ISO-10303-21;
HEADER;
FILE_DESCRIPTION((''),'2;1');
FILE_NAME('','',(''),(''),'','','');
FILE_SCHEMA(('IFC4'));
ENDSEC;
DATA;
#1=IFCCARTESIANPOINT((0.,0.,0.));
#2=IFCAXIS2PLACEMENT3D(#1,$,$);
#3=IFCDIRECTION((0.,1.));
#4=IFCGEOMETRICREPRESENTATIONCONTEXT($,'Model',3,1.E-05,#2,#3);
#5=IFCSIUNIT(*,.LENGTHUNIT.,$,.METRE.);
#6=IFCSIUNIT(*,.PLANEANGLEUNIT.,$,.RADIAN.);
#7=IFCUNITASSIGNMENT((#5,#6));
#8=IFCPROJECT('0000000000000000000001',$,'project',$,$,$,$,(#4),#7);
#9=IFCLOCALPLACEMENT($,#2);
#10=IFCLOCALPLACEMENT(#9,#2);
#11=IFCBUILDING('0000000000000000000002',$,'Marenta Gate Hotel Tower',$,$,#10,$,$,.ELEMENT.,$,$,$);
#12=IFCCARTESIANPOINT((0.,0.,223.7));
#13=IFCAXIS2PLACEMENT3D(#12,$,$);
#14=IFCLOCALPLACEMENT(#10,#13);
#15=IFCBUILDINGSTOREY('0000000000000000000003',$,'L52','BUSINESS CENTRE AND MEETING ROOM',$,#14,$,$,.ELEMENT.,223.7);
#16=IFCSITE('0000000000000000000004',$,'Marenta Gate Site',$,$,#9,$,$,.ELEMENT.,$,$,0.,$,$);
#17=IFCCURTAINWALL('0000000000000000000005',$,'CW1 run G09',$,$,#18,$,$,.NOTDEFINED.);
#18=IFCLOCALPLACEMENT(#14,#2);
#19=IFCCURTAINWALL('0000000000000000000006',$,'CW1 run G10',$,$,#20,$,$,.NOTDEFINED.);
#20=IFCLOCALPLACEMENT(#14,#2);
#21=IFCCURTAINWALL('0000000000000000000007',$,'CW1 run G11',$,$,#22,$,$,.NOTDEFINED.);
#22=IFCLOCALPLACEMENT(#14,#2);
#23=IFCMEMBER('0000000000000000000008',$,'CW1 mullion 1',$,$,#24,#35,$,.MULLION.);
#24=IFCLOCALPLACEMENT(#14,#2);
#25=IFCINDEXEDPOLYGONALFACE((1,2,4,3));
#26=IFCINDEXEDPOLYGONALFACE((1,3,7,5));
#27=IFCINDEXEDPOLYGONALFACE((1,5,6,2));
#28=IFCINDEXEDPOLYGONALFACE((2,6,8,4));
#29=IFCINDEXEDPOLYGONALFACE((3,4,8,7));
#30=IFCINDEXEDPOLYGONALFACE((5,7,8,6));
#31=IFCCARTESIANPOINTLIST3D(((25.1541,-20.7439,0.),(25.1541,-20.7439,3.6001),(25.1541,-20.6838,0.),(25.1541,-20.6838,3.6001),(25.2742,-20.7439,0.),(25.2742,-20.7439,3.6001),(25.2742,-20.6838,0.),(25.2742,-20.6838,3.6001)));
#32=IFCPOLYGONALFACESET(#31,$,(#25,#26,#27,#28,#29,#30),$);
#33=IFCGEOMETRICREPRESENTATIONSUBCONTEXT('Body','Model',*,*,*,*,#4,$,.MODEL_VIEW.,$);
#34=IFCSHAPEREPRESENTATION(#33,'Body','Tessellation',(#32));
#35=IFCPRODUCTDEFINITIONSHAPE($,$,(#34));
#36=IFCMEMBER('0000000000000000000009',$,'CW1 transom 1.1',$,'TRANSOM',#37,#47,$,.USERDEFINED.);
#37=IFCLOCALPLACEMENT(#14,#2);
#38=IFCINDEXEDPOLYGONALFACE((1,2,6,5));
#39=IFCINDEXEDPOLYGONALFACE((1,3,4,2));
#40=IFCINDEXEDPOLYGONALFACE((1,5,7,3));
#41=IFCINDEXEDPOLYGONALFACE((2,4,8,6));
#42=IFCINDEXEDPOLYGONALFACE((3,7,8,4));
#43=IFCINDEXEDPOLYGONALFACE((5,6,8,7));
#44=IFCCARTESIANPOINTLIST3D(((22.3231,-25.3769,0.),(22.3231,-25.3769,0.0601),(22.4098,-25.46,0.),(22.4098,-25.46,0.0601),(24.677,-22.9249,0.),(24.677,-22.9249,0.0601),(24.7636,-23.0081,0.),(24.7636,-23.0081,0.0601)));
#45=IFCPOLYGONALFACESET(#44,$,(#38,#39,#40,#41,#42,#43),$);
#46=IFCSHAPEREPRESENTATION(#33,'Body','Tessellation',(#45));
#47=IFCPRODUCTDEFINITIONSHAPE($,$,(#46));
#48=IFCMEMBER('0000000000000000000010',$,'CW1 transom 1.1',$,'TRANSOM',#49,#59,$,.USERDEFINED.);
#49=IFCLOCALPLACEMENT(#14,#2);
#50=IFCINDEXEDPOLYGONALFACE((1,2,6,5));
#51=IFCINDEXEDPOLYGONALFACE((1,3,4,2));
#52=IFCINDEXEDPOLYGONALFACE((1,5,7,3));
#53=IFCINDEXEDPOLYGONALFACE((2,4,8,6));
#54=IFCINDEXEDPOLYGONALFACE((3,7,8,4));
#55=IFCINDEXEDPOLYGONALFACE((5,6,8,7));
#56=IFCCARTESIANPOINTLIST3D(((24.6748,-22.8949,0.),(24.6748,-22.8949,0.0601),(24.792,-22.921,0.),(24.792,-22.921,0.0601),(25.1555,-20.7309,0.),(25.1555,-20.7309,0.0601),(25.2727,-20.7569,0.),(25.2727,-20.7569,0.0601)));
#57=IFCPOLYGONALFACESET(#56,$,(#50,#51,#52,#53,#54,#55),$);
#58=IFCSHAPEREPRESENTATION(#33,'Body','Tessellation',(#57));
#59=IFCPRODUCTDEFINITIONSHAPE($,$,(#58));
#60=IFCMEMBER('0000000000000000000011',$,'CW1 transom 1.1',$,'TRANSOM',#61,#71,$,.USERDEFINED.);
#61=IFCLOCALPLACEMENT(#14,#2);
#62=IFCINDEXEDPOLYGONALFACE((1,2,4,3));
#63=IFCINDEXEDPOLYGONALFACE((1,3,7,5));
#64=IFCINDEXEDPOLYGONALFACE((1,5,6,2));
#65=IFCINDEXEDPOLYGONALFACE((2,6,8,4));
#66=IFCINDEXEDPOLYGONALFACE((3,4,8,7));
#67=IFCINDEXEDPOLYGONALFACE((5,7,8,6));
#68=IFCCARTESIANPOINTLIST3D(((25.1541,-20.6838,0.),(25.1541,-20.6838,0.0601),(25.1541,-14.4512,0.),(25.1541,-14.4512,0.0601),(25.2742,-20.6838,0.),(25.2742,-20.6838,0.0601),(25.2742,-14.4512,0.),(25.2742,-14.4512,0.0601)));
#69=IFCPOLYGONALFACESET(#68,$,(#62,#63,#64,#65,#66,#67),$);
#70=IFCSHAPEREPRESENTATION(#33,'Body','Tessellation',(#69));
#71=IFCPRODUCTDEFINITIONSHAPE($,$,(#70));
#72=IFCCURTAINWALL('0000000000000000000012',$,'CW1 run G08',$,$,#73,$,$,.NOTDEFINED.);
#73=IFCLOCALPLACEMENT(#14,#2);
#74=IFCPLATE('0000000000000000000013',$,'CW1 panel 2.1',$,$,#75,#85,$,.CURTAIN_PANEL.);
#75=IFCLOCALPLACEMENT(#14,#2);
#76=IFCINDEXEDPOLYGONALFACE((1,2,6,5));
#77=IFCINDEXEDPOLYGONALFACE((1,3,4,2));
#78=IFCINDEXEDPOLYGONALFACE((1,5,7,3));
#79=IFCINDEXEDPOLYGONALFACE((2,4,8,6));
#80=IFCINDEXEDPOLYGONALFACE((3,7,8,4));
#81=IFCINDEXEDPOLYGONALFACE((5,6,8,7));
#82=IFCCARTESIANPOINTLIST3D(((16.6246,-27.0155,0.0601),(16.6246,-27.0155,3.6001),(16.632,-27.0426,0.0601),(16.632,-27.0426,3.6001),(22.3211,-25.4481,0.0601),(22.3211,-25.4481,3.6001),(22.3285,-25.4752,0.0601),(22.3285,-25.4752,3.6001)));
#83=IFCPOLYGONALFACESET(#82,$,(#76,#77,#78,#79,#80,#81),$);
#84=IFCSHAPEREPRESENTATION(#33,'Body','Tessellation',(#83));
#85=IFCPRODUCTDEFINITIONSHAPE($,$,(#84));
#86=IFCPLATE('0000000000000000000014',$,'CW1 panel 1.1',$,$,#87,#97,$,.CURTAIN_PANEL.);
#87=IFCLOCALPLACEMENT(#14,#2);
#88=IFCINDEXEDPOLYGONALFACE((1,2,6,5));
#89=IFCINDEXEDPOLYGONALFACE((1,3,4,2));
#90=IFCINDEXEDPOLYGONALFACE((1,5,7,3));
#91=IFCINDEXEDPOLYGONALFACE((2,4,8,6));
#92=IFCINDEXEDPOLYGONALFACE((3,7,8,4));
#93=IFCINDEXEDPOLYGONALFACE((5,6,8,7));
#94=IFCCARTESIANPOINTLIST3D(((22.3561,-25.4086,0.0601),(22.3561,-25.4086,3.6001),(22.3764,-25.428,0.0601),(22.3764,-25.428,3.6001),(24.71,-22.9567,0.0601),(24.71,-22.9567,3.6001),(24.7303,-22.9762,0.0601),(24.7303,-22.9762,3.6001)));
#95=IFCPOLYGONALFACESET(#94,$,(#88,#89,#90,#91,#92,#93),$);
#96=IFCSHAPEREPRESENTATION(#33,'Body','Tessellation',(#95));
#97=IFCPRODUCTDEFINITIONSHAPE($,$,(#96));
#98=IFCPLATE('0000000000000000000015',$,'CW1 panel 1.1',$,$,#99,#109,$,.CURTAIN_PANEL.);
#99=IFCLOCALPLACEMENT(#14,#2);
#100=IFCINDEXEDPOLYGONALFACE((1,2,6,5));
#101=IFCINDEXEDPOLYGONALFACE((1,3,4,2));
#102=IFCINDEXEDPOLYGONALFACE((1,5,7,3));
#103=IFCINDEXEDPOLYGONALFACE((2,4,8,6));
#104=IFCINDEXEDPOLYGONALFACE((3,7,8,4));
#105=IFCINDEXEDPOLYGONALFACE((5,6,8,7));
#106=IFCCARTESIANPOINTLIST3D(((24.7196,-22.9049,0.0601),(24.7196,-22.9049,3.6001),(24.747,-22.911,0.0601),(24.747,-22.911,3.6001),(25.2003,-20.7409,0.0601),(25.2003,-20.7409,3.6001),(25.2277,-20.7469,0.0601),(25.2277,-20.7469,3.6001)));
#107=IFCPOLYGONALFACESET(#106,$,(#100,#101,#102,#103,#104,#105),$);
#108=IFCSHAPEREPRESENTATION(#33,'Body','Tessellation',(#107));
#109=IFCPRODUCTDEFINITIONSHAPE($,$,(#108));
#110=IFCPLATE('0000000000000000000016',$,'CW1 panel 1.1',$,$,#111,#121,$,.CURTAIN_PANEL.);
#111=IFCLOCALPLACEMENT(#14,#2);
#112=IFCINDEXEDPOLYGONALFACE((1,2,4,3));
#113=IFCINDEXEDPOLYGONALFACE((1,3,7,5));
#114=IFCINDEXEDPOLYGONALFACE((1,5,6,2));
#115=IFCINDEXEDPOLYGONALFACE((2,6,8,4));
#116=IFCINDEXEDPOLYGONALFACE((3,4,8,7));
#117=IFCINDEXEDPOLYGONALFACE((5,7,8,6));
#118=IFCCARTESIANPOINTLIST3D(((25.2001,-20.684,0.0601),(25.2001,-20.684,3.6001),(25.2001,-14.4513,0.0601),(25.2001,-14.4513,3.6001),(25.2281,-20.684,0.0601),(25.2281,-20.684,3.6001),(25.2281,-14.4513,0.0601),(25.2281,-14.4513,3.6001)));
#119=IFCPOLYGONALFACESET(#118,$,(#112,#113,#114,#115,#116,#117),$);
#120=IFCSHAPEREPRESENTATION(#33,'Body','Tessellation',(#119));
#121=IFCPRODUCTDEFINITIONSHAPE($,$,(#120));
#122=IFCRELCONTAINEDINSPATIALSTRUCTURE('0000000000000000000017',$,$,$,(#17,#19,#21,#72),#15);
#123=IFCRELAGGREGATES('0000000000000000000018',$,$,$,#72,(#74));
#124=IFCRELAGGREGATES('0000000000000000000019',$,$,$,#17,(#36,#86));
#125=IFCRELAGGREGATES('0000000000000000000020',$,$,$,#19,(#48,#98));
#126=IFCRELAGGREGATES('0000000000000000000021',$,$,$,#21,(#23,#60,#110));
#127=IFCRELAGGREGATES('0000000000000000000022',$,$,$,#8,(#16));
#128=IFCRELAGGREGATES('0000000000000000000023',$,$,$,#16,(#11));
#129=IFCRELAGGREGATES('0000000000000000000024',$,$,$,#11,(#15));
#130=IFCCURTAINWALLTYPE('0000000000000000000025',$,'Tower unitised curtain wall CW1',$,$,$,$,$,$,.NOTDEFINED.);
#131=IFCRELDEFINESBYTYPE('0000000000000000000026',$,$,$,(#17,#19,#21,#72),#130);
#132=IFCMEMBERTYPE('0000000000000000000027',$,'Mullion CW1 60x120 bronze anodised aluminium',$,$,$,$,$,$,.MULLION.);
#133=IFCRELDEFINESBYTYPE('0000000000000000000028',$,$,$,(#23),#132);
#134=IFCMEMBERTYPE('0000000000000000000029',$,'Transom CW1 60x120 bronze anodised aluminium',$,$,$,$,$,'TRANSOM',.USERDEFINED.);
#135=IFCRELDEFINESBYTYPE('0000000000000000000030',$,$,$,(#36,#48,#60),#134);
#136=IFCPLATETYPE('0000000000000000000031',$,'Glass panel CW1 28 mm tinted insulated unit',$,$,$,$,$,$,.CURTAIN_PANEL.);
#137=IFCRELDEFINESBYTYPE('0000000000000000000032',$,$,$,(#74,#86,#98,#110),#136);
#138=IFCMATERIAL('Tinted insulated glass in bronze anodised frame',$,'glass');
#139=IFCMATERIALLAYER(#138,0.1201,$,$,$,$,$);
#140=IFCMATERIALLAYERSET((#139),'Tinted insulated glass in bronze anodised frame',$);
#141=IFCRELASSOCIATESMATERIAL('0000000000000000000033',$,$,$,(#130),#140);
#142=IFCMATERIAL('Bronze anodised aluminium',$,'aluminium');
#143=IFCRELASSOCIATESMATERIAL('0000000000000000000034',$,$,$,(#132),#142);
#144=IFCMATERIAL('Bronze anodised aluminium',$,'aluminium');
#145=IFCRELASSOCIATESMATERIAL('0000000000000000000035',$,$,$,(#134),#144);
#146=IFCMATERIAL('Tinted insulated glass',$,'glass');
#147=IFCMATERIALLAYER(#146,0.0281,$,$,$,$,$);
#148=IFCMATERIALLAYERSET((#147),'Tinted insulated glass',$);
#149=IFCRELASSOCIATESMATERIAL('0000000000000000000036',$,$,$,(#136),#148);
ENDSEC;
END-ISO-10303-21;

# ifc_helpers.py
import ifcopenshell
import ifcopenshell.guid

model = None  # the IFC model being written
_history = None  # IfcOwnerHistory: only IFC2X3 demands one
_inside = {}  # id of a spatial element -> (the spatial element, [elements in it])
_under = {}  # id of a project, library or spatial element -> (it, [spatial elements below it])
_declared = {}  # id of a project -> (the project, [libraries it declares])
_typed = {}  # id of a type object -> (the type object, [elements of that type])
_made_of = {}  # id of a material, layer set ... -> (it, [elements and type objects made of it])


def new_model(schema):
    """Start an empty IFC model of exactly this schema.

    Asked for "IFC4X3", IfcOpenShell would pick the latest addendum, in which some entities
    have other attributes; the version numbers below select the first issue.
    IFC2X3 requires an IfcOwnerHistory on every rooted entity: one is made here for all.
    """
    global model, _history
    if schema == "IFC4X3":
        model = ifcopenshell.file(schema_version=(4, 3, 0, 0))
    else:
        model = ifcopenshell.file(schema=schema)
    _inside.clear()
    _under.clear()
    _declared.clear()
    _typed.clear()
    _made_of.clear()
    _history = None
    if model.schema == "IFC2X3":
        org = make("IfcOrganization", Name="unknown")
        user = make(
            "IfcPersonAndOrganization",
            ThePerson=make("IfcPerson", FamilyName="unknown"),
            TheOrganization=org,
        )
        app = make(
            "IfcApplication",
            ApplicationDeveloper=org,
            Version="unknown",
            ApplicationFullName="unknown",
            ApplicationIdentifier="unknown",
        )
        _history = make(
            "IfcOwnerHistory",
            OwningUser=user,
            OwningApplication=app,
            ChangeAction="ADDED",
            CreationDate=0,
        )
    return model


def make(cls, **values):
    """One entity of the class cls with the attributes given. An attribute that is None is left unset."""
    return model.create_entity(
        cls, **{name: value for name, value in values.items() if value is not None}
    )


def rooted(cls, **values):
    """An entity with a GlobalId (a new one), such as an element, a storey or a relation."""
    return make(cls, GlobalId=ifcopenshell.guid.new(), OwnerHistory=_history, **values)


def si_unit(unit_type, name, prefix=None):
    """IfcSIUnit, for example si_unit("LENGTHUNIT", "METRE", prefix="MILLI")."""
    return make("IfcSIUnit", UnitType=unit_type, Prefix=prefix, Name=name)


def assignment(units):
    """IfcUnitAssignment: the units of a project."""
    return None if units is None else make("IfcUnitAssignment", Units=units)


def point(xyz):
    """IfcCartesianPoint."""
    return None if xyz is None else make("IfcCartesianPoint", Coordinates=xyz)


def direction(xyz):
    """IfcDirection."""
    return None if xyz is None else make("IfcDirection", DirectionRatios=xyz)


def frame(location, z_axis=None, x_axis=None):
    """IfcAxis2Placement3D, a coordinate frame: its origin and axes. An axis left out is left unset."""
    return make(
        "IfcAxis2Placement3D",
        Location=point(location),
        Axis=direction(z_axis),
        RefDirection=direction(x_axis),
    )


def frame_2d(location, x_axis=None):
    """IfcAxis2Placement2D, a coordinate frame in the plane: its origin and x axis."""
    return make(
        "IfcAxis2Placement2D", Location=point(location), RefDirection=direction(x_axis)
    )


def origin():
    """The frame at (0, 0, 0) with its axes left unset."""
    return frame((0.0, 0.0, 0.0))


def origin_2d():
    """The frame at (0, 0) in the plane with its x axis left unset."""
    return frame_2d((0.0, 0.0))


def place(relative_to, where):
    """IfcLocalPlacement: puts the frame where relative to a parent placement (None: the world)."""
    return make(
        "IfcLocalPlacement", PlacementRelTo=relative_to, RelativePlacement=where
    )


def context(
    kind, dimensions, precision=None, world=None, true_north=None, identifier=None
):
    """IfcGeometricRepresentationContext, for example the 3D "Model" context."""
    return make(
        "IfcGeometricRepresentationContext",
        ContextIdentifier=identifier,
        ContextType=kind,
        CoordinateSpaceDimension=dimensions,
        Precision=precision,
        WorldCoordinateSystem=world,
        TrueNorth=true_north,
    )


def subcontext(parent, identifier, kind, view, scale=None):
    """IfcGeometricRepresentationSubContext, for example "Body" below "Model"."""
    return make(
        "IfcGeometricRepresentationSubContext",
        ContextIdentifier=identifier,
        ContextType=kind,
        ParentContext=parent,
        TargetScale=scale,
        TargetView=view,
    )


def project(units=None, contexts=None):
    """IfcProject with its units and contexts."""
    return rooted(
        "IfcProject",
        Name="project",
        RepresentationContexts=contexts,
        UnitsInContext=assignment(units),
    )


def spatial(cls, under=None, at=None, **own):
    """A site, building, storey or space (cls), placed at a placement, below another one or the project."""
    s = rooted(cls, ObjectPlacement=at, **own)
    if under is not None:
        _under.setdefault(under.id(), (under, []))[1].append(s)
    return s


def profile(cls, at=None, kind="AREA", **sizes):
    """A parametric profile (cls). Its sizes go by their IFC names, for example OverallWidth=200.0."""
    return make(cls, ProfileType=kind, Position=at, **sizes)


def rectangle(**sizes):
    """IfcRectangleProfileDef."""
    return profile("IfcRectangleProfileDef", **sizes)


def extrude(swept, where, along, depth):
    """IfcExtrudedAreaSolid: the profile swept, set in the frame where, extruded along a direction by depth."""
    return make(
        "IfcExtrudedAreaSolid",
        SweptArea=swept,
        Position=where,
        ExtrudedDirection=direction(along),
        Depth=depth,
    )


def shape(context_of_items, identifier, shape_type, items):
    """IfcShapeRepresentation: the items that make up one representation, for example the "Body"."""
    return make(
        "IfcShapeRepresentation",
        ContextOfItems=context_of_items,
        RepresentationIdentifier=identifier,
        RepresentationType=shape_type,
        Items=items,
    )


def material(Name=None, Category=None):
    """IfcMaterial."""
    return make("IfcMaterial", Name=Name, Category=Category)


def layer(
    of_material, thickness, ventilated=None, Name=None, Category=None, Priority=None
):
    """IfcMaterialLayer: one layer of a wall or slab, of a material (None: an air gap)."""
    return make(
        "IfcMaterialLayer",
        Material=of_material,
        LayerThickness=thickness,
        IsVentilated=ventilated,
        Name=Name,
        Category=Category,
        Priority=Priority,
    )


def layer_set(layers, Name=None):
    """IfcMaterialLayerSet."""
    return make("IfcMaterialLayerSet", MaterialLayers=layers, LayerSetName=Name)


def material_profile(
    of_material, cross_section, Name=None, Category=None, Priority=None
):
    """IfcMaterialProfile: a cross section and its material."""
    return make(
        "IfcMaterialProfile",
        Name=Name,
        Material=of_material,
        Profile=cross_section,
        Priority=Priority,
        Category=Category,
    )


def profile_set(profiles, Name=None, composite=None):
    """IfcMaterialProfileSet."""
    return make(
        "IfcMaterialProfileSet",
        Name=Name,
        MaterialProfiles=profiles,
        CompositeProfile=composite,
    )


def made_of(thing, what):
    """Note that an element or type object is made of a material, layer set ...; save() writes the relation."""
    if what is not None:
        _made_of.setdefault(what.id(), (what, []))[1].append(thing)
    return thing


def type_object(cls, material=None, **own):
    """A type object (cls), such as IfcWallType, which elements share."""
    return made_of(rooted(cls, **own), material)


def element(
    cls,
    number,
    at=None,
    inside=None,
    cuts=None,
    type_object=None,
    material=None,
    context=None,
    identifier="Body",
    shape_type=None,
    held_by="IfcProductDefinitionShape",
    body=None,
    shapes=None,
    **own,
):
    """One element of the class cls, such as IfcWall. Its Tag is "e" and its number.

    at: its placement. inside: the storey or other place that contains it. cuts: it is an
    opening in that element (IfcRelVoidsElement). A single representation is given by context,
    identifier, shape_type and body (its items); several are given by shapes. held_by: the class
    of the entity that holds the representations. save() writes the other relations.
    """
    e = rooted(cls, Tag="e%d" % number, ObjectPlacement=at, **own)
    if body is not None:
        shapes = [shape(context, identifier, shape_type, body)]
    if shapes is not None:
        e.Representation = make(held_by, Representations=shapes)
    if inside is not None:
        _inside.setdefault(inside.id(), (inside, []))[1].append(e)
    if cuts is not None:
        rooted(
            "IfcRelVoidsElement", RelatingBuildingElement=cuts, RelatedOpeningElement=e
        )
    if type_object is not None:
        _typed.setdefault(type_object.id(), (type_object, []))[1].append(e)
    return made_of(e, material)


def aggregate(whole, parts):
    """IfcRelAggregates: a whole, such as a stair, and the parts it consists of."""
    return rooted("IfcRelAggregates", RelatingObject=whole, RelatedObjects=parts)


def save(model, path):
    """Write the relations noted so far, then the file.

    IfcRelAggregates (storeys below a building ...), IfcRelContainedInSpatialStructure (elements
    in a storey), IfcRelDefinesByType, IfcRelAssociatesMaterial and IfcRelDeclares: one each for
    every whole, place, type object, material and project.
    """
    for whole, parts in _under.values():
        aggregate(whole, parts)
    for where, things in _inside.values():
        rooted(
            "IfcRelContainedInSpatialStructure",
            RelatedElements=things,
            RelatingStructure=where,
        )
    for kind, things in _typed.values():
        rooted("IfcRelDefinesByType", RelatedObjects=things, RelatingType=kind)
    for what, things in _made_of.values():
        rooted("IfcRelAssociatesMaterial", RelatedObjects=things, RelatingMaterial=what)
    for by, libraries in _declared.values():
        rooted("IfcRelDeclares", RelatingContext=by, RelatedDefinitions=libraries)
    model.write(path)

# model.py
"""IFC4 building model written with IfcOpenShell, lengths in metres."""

from ifc_helpers import new_model, si_unit, direction, frame, origin, origin_2d, place, context, subcontext, project, spatial, rectangle, extrude, material, layer, layer_set, material_profile, profile_set, type_object, element, aggregate, save


model = new_model("IFC4")

# Units and contexts
model_context = context("Model", 3, precision=1e-05, world=origin(), true_north=direction((0.0, 1.0)))
body_context = subcontext(model_context, "Body", "Model", "MODEL_VIEW")
ifc_project = project(units=[si_unit("LENGTHUNIT", "METRE"), si_unit("PLANEANGLEUNIT", "RADIAN")], contexts=[model_context])

# Site, building, storey
site_placement = place(None, origin())
site = spatial("IfcSite", under=ifc_project, at=site_placement, Name="Marenta Gate Site", CompositionType="ELEMENT", RefElevation=0.0)
building_placement = place(site_placement, origin())
building = spatial("IfcBuilding", under=site, at=building_placement, Name="Marenta Gate Hotel Tower", CompositionType="ELEMENT")
storey_placement = place(building_placement, frame((0.0, 0.0, 223.7)))
storey = spatial("IfcBuildingStorey", under=building, at=storey_placement, Name="L52", Description="BUSINESS CENTRE AND MEETING ROOM", CompositionType="ELEMENT", Elevation=223.7)

# Curtain walls, member
ifc_material_1 = material(Name="Tinted insulated glass in bronze anodised frame", Category="glass")
ifc_layer_1 = layer(ifc_material_1, 0.1201)
ifc_layer_set_1 = layer_set([ifc_layer_1], Name="Tinted insulated glass in bronze anodised frame")
curtain_wall_type = type_object("IfcCurtainWallType", Name="Tower unitised curtain wall CW1", PredefinedType="NOTDEFINED", material=ifc_layer_set_1)
curtain_wall_1_placement = place(storey_placement, origin())
curtain_wall_1 = element("IfcCurtainWall", 1, at=curtain_wall_1_placement, inside=storey, type_object=curtain_wall_type, Name="CW1 run G09", PredefinedType="NOTDEFINED")
ifc_material_2 = material(Name="Bronze anodised aluminium", Category="aluminium")
ifc_material_profile_1 = material_profile(ifc_material_2, rectangle(XDim=0.1201, YDim=0.0601, at=origin_2d()), Name="Mullion CW1 60x120 bronze anodised aluminium")
ifc_profile_set_1 = profile_set([ifc_material_profile_1], Name="Bronze anodised aluminium")
member_type_1 = type_object("IfcMemberType", Name="Mullion CW1 60x120 bronze anodised aluminium", PredefinedType="MULLION", material=ifc_profile_set_1)
curtain_wall_2_placement = place(storey_placement, origin())
curtain_wall_2 = element("IfcCurtainWall", 2, at=curtain_wall_2_placement, inside=storey, type_object=curtain_wall_type, Name="CW1 run G10", PredefinedType="NOTDEFINED")
curtain_wall_3_placement = place(storey_placement, origin())
curtain_wall_3 = element("IfcCurtainWall", 3, at=curtain_wall_3_placement, inside=storey, type_object=curtain_wall_type, Name="CW1 run G11", PredefinedType="NOTDEFINED")
member_1_placement = place(storey_placement, frame((25.2141, -20.7139, 0.0), z_axis=(0.0, 0.0, 1.0), x_axis=(-1.0, 0.0, 0.0)))
member_1 = element("IfcMember", 4, at=member_1_placement, type_object=member_type_1, Name="CW1 mullion 1", PredefinedType="MULLION", context=body_context, shape_type="SweptSolid", body=[
    extrude(rectangle(XDim=0.1201, YDim=0.0601, at=origin_2d()), origin(), (0.0, 0.0, 1.0), 3.6001),
])

# Members
ifc_material_3 = material(Name="Bronze anodised aluminium", Category="aluminium")
ifc_material_profile_2 = material_profile(ifc_material_3, rectangle(XDim=0.1201, YDim=0.0601, at=origin_2d()), Name="Transom CW1 60x120 bronze anodised aluminium")
ifc_profile_set_2 = profile_set([ifc_material_profile_2], Name="Bronze anodised aluminium")
member_type_2 = type_object("IfcMemberType", Name="Transom CW1 60x120 bronze anodised aluminium", ElementType="TRANSOM", PredefinedType="USERDEFINED", material=ifc_profile_set_2)
member_2_placement = place(storey_placement, frame((22.3665, -25.4185, 0.03), z_axis=(0.692521, 0.721397, 0.0), x_axis=(-0.721397, 0.692521, 0.0)))
member_2 = element("IfcMember", 5, at=member_2_placement, type_object=member_type_2, Name="CW1 transom 1.1", ObjectType="TRANSOM", PredefinedType="USERDEFINED", context=body_context, shape_type="SweptSolid", body=[
    extrude(rectangle(XDim=0.1201, YDim=0.0601, at=origin_2d()), origin(), (0.0, 0.0, 1.0), 3.3989),
])
member_3_placement = place(storey_placement, frame((24.7334, -22.908, 0.03), z_axis=(0.216849, 0.976205, 0.0), x_axis=(-0.976205, 0.216849, 0.0)))
member_3 = element("IfcMember", 6, at=member_3_placement, type_object=member_type_2, Name="CW1 transom 1.1", ObjectType="TRANSOM", PredefinedType="USERDEFINED", context=body_context, shape_type="SweptSolid", body=[
    extrude(rectangle(XDim=0.1201, YDim=0.0601, at=origin_2d()), origin(), (0.0, 0.0, 1.0), 2.2168),
])
member_4_placement = place(storey_placement, frame((25.2141, -20.6838, 0.03), z_axis=(0.0, 1.0, 0.0), x_axis=(-1.0, 0.0, 0.0)))
member_4 = element("IfcMember", 7, at=member_4_placement, type_object=member_type_2, Name="CW1 transom 1.1", ObjectType="TRANSOM", PredefinedType="USERDEFINED", context=body_context, shape_type="SweptSolid", body=[
    extrude(rectangle(XDim=0.1201, YDim=0.0601, at=origin_2d()), origin(), (0.0, 0.0, 1.0), 6.2327),
])

# Curtain wall, plate
curtain_wall_4_placement = place(storey_placement, origin())
curtain_wall_4 = element("IfcCurtainWall", 8, at=curtain_wall_4_placement, inside=storey, type_object=curtain_wall_type, Name="CW1 run G08", PredefinedType="NOTDEFINED")
ifc_material_4 = material(Name="Tinted insulated glass", Category="glass")
ifc_layer_2 = layer(ifc_material_4, 0.0281)
ifc_layer_set_2 = layer_set([ifc_layer_2], Name="Tinted insulated glass")
plate_type = type_object("IfcPlateType", Name="Glass panel CW1 28 mm tinted insulated unit", PredefinedType="CURTAIN_PANEL", material=ifc_layer_set_2)
plate_1_placement = place(storey_placement, frame((19.4766, -26.2454, 0.0601), z_axis=(0.0, 0.0, 1.0), x_axis=(0.964168, 0.265293, 0.0)))
plate_1 = element("IfcPlate", 9, at=plate_1_placement, type_object=plate_type, Name="CW1 panel 2.1", PredefinedType="CURTAIN_PANEL", context=body_context, shape_type="SweptSolid", body=[
    extrude(rectangle(XDim=5.9082, YDim=0.0281, at=origin_2d()), origin(), (0.0, 0.0, 1.0), 3.54),
])
aggregate(curtain_wall_4, [plate_1])

# Plates
plate_2_placement = place(storey_placement, frame((23.5432, -24.1924, 0.0601), z_axis=(0.0, 0.0, 1.0), x_axis=(0.692548, 0.721372, 0.0)))
plate_2 = element("IfcPlate", 10, at=plate_2_placement, type_object=plate_type, Name="CW1 panel 1.1", PredefinedType="CURTAIN_PANEL", context=body_context, shape_type="SweptSolid", body=[
    extrude(rectangle(XDim=3.3989, YDim=0.0281, at=origin_2d()), origin(), (0.0, 0.0, 1.0), 3.54),
])
aggregate(curtain_wall_1, [member_2, plate_2])
plate_3_placement = place(storey_placement, frame((24.9736, -21.8259, 0.0601), z_axis=(0.0, 0.0, 1.0), x_axis=(0.216842, 0.976207, 0.0)))
plate_3 = element("IfcPlate", 11, at=plate_3_placement, type_object=plate_type, Name="CW1 panel 1.1", PredefinedType="CURTAIN_PANEL", context=body_context, shape_type="SweptSolid", body=[
    extrude(rectangle(XDim=2.2168, YDim=0.0281, at=origin_2d()), origin(), (0.0, 0.0, 1.0), 3.54),
])
aggregate(curtain_wall_2, [member_3, plate_3])
plate_4_placement = place(storey_placement, frame((25.2141, -17.5676, 0.0601), z_axis=(0.0, 0.0, 1.0), x_axis=(0.0, 1.0, 0.0)))
plate_4 = element("IfcPlate", 12, at=plate_4_placement, type_object=plate_type, Name="CW1 panel 1.1", PredefinedType="CURTAIN_PANEL", context=body_context, shape_type="SweptSolid", body=[
    extrude(rectangle(XDim=6.2327, YDim=0.0281, at=origin_2d()), origin(), (0.0, 0.0, 1.0), 3.54),
])
aggregate(curtain_wall_3, [member_1, member_4, plate_4])

save(model, "model.ifc")
